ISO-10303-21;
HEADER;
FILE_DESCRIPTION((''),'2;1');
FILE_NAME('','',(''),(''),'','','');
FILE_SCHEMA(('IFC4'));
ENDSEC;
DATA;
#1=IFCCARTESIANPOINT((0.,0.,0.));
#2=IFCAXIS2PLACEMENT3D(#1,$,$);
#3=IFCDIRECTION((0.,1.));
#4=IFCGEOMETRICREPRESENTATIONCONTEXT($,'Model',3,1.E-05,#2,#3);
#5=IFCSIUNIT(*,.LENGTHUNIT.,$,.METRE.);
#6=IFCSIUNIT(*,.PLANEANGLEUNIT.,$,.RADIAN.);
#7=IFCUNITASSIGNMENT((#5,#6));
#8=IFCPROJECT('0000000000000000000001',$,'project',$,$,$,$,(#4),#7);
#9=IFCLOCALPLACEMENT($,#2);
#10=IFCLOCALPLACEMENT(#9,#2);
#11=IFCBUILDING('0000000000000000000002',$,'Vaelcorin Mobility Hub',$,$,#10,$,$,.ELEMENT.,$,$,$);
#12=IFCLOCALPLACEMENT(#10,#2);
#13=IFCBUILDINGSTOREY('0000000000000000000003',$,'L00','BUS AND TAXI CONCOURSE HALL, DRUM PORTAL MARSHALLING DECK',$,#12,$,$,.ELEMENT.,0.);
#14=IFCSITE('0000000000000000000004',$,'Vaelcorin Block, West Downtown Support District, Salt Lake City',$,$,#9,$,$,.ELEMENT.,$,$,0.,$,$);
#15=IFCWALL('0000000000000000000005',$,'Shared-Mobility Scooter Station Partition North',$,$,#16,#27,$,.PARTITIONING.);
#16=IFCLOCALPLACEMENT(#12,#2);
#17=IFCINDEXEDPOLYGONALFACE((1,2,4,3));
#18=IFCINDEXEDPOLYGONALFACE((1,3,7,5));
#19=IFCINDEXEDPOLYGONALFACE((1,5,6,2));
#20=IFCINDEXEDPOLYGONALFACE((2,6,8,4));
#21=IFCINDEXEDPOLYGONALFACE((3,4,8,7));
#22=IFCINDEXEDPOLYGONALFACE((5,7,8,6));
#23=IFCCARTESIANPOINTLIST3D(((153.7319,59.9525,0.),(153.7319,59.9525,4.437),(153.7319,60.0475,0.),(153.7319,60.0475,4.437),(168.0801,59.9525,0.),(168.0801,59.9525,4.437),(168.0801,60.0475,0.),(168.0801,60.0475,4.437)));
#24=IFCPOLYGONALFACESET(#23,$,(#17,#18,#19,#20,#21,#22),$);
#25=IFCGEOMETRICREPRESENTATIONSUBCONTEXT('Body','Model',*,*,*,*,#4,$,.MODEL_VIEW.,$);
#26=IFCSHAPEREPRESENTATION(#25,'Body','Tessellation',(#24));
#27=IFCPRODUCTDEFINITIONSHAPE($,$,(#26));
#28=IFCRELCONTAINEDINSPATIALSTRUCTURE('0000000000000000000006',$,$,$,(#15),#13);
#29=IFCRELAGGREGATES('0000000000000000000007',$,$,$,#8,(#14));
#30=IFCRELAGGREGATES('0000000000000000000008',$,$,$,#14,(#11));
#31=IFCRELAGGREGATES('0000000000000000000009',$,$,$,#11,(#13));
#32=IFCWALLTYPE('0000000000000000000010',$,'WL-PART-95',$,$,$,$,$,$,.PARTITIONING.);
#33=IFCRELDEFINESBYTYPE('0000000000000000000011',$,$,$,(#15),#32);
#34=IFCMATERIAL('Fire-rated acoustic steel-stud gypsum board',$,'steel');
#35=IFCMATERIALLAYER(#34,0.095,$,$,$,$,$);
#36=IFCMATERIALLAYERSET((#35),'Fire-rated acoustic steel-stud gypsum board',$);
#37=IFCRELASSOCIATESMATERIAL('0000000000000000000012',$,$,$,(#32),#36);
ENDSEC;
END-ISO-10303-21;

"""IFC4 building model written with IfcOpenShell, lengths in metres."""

from ifc_helpers import new_model, si_unit, direction, frame, frame_2d, origin, place, context, subcontext, project, spatial, rectangle, extrude, material, layer, layer_set, type_object, element, save


model = new_model("IFC4")

# Units and contexts
model_context = context("Model", 3, precision=1e-05, world=origin(), true_north=direction((0.0, 1.0)))
body_context = subcontext(model_context, "Body", "Model", "MODEL_VIEW")
ifc_project = project(units=[si_unit("LENGTHUNIT", "METRE"), si_unit("PLANEANGLEUNIT", "RADIAN")], contexts=[model_context])

# Site, building, storey
site_placement = place(None, origin())
site = spatial("IfcSite", under=ifc_project, at=site_placement, Name="Vaelcorin Block, West Downtown Support District, Salt Lake City", CompositionType="ELEMENT", RefElevation=0.0)
building_placement = place(site_placement, origin())
building = spatial("IfcBuilding", under=site, at=building_placement, Name="Vaelcorin Mobility Hub", CompositionType="ELEMENT")
storey_placement = place(building_placement, origin())
storey = spatial("IfcBuildingStorey", under=building, at=storey_placement, Name="L00", Description="BUS AND TAXI CONCOURSE HALL, DRUM PORTAL MARSHALLING DECK", CompositionType="ELEMENT", Elevation=0.0)

# Wall
ifc_material_1 = material(Name="Fire-rated acoustic steel-stud gypsum board", Category="steel")
ifc_layer_1 = layer(ifc_material_1, 0.095)
ifc_layer_set_1 = layer_set([ifc_layer_1], Name="Fire-rated acoustic steel-stud gypsum board")
wall_type = type_object("IfcWallType", Name="WL-PART-95", PredefinedType="PARTITIONING", material=ifc_layer_set_1)
wall_placement = place(storey_placement, frame((153.7319, 60.0, 0.0), z_axis=(0.0, 0.0, 1.0), x_axis=(1.0, 0.0, 0.0)))
element("IfcWall", 1, at=wall_placement, inside=storey, type_object=wall_type, Name="Shared-Mobility Scooter Station Partition North", PredefinedType="PARTITIONING", context=body_context, shape_type="SweptSolid", body=[
    extrude(rectangle(XDim=14.3481, YDim=0.095, at=frame_2d((7.1741, 0.0))), origin(), (0.0, 0.0, 1.0), 4.437),
])

save(model, "model.ifc")
